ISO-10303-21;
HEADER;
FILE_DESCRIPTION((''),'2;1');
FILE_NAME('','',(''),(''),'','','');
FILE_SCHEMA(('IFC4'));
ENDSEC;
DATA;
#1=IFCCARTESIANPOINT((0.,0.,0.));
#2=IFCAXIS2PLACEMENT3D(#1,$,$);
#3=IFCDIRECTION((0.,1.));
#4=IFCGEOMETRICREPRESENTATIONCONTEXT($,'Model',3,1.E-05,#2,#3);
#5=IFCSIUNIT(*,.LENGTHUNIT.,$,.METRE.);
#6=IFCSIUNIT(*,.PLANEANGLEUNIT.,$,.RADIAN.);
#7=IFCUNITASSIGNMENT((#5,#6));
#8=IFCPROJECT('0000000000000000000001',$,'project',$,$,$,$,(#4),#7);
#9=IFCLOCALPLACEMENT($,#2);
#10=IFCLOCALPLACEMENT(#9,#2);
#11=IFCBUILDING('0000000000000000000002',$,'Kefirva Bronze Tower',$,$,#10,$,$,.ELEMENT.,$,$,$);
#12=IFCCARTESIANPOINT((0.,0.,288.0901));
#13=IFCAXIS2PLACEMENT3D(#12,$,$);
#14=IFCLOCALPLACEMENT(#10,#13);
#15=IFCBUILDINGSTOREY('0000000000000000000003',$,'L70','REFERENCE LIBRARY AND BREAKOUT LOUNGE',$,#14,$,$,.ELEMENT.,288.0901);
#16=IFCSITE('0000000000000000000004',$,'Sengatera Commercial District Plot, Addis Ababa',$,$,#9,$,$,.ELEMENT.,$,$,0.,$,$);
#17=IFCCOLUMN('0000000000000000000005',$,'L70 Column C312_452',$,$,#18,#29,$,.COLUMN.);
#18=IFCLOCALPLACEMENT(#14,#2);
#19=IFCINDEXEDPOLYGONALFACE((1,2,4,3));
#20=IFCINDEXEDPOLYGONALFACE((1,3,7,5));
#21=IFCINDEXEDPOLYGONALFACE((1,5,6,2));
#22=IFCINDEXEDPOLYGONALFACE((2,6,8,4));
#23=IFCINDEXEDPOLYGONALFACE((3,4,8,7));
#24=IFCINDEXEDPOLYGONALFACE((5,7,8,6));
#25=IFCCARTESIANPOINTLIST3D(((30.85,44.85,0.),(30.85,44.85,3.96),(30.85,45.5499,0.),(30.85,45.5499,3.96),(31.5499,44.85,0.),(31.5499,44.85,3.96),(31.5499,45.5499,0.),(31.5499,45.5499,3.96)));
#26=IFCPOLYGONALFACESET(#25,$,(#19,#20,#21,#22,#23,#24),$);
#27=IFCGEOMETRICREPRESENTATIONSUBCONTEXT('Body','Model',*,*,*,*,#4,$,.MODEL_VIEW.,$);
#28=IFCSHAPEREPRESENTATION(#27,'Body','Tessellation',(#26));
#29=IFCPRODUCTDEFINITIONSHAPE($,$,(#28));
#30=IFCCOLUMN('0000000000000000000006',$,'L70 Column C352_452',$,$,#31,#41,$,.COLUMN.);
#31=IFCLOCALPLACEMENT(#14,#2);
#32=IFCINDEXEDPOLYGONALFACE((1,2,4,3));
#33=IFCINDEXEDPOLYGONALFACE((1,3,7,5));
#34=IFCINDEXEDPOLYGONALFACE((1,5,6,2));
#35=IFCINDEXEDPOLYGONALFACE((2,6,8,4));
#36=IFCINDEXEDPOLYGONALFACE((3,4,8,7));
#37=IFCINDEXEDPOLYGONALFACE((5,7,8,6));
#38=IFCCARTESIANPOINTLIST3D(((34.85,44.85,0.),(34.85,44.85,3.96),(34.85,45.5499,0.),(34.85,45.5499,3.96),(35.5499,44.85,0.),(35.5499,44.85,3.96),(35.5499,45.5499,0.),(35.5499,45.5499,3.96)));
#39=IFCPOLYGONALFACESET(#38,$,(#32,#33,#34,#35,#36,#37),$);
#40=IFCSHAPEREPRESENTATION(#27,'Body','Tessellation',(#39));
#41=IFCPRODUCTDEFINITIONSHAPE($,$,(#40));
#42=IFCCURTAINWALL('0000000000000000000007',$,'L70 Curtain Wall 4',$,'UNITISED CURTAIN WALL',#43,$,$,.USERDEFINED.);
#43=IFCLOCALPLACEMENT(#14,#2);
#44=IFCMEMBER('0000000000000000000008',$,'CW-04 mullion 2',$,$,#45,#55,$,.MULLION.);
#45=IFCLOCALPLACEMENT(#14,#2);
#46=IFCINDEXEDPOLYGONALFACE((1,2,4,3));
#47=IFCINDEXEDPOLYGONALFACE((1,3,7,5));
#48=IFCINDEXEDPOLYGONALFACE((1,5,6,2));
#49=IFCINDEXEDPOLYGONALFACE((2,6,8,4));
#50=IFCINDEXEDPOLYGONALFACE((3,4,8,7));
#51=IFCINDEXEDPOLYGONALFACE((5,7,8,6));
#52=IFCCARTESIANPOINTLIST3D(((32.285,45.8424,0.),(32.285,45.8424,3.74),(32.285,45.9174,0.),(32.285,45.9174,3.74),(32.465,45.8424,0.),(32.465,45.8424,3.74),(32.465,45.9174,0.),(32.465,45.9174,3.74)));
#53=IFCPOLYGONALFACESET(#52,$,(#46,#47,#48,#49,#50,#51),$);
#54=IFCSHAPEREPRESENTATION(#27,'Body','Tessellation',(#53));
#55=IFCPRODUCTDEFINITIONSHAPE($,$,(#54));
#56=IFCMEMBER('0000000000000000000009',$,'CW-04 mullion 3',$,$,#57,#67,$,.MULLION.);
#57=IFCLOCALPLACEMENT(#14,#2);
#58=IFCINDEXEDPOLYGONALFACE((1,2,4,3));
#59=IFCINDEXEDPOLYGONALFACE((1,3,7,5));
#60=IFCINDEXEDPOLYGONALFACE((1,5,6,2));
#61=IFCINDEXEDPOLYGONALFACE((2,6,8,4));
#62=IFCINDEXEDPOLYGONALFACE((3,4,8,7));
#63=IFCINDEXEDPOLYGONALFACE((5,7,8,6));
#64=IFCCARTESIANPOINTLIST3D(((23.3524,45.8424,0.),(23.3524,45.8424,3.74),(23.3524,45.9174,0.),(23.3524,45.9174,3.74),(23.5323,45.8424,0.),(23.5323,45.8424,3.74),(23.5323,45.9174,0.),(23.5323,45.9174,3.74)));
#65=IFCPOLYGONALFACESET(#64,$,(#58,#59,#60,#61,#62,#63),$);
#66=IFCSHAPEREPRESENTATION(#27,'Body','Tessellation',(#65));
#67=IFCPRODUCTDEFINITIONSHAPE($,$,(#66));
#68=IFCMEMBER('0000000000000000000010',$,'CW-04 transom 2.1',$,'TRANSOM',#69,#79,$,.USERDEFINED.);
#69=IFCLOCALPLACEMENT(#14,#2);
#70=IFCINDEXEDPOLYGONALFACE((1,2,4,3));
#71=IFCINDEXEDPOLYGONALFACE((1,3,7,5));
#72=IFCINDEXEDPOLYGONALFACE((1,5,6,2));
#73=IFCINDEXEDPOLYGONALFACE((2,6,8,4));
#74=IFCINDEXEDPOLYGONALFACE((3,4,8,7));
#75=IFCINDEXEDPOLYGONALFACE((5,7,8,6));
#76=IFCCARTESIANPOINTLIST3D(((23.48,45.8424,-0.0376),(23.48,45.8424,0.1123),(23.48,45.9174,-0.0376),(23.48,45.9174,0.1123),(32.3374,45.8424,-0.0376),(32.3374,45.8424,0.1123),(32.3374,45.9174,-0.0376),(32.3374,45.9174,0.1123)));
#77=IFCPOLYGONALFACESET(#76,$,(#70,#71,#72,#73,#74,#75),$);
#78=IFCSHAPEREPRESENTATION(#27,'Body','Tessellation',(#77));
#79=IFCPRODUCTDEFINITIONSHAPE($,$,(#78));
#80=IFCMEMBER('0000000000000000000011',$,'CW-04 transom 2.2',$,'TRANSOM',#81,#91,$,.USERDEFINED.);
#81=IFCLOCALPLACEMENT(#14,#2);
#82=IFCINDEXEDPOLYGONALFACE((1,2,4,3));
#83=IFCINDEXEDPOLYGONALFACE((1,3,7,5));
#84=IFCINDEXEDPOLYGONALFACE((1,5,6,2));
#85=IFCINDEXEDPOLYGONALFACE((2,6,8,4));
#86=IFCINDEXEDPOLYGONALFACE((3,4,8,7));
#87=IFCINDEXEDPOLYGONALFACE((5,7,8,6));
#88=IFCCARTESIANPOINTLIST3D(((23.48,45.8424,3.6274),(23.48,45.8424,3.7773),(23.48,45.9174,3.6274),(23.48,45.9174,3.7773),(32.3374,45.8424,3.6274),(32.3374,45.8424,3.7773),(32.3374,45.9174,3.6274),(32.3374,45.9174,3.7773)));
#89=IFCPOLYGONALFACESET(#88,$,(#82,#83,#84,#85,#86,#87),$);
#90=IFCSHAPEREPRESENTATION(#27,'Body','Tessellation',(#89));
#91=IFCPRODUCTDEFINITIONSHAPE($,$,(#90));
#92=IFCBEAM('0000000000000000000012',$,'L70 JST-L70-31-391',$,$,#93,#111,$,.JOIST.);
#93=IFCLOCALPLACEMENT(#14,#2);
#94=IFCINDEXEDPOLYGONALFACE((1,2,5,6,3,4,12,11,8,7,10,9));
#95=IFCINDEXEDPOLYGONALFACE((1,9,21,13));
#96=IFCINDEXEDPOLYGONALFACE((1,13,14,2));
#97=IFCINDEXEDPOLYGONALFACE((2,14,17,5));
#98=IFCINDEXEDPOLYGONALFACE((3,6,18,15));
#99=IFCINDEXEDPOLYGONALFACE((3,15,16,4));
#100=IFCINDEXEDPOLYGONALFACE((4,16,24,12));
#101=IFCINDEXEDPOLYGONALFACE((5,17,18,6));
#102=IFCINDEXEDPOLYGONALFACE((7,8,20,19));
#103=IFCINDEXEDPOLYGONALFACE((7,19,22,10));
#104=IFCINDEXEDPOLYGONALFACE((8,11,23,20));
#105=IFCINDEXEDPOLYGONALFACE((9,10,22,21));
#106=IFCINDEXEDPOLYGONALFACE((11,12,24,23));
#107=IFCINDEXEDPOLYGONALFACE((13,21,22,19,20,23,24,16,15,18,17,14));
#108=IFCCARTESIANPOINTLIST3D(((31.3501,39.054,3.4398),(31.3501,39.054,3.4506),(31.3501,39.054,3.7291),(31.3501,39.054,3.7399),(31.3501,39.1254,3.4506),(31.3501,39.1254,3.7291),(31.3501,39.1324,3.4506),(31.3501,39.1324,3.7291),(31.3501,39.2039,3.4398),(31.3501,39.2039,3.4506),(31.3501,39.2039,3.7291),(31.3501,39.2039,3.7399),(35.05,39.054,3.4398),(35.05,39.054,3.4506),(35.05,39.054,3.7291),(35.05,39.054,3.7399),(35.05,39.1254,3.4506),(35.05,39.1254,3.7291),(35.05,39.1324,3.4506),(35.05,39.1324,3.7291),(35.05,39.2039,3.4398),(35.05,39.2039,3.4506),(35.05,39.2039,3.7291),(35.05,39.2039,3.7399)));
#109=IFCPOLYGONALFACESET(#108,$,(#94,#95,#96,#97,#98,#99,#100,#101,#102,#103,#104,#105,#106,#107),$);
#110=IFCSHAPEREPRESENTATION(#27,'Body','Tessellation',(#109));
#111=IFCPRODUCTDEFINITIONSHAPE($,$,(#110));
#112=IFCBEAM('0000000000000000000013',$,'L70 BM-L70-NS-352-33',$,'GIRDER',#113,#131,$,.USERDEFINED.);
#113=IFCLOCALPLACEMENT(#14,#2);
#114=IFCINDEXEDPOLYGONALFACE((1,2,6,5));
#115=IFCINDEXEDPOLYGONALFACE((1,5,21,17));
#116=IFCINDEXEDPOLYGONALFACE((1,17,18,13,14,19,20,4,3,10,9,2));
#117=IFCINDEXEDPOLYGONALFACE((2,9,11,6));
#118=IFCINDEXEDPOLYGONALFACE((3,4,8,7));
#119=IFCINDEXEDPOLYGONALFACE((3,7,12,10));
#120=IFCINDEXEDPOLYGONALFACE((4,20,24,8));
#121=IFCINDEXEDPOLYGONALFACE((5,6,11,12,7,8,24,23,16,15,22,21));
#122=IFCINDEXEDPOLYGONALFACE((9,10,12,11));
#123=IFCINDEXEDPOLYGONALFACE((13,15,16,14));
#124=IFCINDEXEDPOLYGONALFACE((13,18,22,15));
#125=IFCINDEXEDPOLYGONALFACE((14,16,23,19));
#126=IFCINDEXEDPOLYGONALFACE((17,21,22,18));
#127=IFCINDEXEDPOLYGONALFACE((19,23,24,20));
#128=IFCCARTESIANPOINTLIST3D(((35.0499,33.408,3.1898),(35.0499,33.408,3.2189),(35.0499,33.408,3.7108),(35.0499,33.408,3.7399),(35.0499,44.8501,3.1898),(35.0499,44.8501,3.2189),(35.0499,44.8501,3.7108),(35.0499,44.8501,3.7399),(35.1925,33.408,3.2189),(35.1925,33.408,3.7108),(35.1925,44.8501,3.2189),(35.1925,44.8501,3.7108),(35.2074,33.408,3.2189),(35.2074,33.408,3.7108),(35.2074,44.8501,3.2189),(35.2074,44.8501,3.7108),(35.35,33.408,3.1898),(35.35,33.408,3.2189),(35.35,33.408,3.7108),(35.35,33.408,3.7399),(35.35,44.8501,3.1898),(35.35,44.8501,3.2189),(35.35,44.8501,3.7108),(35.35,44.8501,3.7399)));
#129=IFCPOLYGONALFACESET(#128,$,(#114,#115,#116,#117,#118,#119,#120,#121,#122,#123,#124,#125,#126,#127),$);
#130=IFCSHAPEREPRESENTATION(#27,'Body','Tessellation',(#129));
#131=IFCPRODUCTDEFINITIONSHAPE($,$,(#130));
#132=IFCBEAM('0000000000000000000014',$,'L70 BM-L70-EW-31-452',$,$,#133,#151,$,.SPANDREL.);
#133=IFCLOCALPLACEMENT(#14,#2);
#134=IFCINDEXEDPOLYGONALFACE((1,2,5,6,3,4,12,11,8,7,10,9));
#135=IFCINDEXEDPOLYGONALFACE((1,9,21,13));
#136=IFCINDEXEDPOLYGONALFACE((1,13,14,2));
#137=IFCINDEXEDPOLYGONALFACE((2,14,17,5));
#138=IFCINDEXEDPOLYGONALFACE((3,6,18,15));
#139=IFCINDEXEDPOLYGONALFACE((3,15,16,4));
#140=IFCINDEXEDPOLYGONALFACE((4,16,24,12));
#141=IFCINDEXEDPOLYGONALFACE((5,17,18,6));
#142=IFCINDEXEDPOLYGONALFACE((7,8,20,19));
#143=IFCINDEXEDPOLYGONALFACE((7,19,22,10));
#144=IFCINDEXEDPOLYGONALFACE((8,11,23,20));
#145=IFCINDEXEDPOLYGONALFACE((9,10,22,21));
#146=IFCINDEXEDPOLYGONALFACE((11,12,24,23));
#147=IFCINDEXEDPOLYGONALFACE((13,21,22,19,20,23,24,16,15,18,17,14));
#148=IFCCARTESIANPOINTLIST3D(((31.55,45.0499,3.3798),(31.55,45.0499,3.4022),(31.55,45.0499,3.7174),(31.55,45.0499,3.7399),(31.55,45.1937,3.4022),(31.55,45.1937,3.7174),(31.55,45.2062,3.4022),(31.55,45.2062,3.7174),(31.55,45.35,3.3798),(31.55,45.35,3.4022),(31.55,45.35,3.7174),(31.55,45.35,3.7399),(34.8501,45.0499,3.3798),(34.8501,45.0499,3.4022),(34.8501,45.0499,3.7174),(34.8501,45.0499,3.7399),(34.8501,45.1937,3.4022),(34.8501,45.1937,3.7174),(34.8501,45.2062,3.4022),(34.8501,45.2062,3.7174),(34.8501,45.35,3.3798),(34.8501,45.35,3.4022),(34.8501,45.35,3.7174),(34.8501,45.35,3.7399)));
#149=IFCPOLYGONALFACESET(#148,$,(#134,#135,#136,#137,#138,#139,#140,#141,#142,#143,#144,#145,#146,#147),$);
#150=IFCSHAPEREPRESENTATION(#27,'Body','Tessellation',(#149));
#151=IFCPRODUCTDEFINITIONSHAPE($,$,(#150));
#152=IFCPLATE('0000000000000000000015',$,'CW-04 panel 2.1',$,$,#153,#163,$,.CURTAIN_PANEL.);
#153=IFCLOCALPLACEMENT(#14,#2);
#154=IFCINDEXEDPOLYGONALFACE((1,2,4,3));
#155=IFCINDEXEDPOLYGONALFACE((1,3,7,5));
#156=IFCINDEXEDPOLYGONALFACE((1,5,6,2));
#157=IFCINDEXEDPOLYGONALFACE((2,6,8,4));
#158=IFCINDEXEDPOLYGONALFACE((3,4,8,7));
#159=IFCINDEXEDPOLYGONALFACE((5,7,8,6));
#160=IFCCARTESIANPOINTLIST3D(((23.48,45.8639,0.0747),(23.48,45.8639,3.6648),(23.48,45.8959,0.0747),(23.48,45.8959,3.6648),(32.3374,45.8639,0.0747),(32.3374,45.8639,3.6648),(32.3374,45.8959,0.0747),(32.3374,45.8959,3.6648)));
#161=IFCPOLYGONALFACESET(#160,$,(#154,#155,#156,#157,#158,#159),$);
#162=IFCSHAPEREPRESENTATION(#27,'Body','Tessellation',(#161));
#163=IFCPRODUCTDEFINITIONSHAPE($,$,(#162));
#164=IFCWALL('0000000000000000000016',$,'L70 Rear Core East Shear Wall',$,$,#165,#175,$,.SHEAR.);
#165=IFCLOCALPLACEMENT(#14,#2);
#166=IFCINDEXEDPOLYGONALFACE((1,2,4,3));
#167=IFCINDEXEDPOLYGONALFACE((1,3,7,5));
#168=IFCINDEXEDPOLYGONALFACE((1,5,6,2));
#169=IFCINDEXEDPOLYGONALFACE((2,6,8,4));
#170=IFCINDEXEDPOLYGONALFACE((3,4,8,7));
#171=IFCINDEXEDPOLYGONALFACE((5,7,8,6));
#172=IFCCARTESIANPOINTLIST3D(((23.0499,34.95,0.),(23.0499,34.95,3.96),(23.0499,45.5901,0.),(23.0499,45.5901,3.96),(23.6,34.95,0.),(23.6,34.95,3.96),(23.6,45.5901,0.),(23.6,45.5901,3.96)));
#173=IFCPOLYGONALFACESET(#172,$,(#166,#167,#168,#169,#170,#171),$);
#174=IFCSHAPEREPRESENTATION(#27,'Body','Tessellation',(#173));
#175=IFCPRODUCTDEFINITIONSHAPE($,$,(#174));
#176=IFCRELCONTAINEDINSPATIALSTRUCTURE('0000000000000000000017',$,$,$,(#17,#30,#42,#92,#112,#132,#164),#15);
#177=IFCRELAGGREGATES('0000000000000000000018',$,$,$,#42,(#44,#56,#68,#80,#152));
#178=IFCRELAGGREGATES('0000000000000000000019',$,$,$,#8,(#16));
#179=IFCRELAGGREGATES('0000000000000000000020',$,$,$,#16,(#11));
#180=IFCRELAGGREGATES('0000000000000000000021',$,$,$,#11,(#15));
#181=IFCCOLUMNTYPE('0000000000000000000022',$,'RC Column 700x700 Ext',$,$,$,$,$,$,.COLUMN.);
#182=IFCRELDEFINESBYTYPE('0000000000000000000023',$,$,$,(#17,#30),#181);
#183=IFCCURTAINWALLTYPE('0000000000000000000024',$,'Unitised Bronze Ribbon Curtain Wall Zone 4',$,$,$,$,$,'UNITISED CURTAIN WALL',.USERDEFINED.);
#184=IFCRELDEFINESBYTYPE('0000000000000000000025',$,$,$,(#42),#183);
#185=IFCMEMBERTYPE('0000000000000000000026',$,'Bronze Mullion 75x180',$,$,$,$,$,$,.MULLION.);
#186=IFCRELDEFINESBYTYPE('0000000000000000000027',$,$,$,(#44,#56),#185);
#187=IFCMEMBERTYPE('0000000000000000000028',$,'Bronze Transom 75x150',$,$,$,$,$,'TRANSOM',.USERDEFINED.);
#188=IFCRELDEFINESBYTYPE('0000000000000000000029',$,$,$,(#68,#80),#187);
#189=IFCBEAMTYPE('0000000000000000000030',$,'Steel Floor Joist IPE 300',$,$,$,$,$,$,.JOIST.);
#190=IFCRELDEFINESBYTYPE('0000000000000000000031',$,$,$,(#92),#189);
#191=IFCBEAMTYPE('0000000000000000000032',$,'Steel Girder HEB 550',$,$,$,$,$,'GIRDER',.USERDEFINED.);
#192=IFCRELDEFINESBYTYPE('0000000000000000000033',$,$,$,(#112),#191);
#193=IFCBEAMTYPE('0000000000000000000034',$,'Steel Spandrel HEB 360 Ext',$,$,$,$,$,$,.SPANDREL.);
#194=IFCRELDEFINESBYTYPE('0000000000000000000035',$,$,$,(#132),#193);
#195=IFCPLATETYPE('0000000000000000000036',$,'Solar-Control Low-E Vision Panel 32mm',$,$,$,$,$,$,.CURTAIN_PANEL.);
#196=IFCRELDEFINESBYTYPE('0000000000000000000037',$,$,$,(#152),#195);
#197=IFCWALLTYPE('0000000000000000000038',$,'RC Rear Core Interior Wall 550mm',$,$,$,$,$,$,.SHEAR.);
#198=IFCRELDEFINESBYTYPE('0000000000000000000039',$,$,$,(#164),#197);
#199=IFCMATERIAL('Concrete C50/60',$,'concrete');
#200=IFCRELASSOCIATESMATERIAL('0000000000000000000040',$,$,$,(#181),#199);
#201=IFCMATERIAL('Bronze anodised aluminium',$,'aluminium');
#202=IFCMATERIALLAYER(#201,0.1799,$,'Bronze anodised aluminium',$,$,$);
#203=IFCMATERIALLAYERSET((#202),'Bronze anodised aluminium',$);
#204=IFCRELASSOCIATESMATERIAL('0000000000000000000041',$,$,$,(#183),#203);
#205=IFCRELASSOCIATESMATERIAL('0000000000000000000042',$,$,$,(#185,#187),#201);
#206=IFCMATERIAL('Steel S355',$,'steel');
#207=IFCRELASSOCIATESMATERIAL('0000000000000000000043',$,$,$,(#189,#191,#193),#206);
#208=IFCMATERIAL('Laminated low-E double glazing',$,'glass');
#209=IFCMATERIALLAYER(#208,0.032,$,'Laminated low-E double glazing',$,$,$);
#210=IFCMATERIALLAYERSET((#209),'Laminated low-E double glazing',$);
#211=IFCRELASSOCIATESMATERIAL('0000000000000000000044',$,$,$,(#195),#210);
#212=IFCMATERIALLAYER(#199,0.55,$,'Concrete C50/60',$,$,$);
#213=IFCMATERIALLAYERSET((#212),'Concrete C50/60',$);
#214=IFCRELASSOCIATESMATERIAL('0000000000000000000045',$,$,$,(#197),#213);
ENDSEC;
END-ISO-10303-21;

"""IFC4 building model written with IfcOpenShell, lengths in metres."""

from ifc_helpers import new_model, si_unit, direction, frame, frame_2d, origin, origin_2d, place, context, subcontext, project, spatial, rectangle, i_section, extrude, material, layer, layer_set, material_profile, profile_set, type_object, element, aggregate, save


model = new_model("IFC4")

# Units and contexts
model_context = context("Model", 3, precision=1e-05, world=origin(), true_north=direction((0.0, 1.0)))
body_context = subcontext(model_context, "Body", "Model", "MODEL_VIEW")
ifc_project = project(units=[si_unit("LENGTHUNIT", "METRE"), si_unit("PLANEANGLEUNIT", "RADIAN")], contexts=[model_context])

# Site, building, storey
site_placement = place(None, origin())
site = spatial("IfcSite", under=ifc_project, at=site_placement, Name="Sengatera Commercial District Plot, Addis Ababa", CompositionType="ELEMENT", RefElevation=0.0)
building_placement = place(site_placement, origin())
building = spatial("IfcBuilding", under=site, at=building_placement, Name="Kefirva Bronze Tower", CompositionType="ELEMENT")
storey_placement = place(building_placement, frame((0.0, 0.0, 288.0901)))
storey = spatial("IfcBuildingStorey", under=building, at=storey_placement, Name="L70", Description="REFERENCE LIBRARY AND BREAKOUT LOUNGE", CompositionType="ELEMENT", Elevation=288.0901)

# Columns
ifc_material_1 = material(Name="Concrete C50/60", Category="concrete")
ifc_material_profile_1 = material_profile(ifc_material_1, rectangle(XDim=0.7, YDim=0.7, at=origin_2d()), Name="RC 700x700")
ifc_profile_set_1 = profile_set([ifc_material_profile_1], Name="Concrete C50/60")
column_type = type_object("IfcColumnType", Name="RC Column 700x700 Ext", PredefinedType="COLUMN", material=ifc_profile_set_1)
for number, where, z_axis, x_axis, name in (
    (1, (31.2, 45.2, 0.0), (0.0, 0.0, 1.0), (1.0, 0.0, 0.0), "L70 Column C312_452"),
    (2, (35.2, 45.2, 0.0), (0.0, 0.0, 1.0), (1.0, 0.0, 0.0), "L70 Column C352_452"),
):
    element("IfcColumn", number, at=place(storey_placement, frame(where, z_axis=z_axis, x_axis=x_axis)), inside=storey, type_object=column_type, Name=name, PredefinedType="COLUMN", context=body_context, shape_type="SweptSolid", body=[
        extrude(rectangle(XDim=0.7, YDim=0.7, at=origin_2d()), origin(), (0.0, 0.0, 1.0), 3.96),
    ])

# Curtain wall, members
ifc_material_2 = material(Name="Bronze anodised aluminium", Category="aluminium")
ifc_layer_1 = layer(ifc_material_2, 0.1799, Name="Bronze anodised aluminium")
ifc_layer_set_1 = layer_set([ifc_layer_1], Name="Bronze anodised aluminium")
curtain_wall_type = type_object("IfcCurtainWallType", Name="Unitised Bronze Ribbon Curtain Wall Zone 4", ElementType="UNITISED CURTAIN WALL", PredefinedType="USERDEFINED", material=ifc_layer_set_1)
curtain_wall_placement = place(storey_placement, origin())
curtain_wall = element("IfcCurtainWall", 3, at=curtain_wall_placement, inside=storey, type_object=curtain_wall_type, Name="L70 Curtain Wall 4", ObjectType="UNITISED CURTAIN WALL", PredefinedType="USERDEFINED")
ifc_material_profile_2 = material_profile(ifc_material_2, rectangle(XDim=0.075, YDim=0.1799, at=origin_2d()), Name="ALU 75x180")
ifc_profile_set_2 = profile_set([ifc_material_profile_2], Name="Bronze anodised aluminium")
member_type_1 = type_object("IfcMemberType", Name="Bronze Mullion 75x180", PredefinedType="MULLION", material=ifc_profile_set_2)
member_1_placement = place(storey_placement, frame((32.375, 45.8799, 0.0), z_axis=(0.0, 0.0, 1.0), x_axis=(0.0, -1.0, 0.0)))
member_1 = element("IfcMember", 4, at=member_1_placement, type_object=member_type_1, Name="CW-04 mullion 2", PredefinedType="MULLION", context=body_context, shape_type="SweptSolid", body=[
    extrude(rectangle(XDim=0.075, YDim=0.1799, at=origin_2d()), origin(), (0.0, 0.0, 1.0), 3.74),
])
member_2_placement = place(storey_placement, frame((23.4424, 45.8799, 0.0), z_axis=(0.0, 0.0, 1.0), x_axis=(0.0, -1.0, 0.0)))
member_2 = element("IfcMember", 5, at=member_2_placement, type_object=member_type_1, Name="CW-04 mullion 3", PredefinedType="MULLION", context=body_context, shape_type="SweptSolid", body=[
    extrude(rectangle(XDim=0.075, YDim=0.1799, at=origin_2d()), origin(), (0.0, 0.0, 1.0), 3.74),
])
ifc_material_profile_3 = material_profile(ifc_material_2, rectangle(XDim=0.075, YDim=0.1499, at=origin_2d()), Name="ALU 75x150")
ifc_profile_set_3 = profile_set([ifc_material_profile_3], Name="Bronze anodised aluminium")
member_type_2 = type_object("IfcMemberType", Name="Bronze Transom 75x150", ElementType="TRANSOM", PredefinedType="USERDEFINED", material=ifc_profile_set_3)
member_3_placement = place(storey_placement, frame((32.3374, 45.8799, 0.0374), z_axis=(-1.0, 0.0, 0.0), x_axis=(0.0, -1.0, 0.0)))
member_3 = element("IfcMember", 6, at=member_3_placement, type_object=member_type_2, Name="CW-04 transom 2.1", ObjectType="TRANSOM", PredefinedType="USERDEFINED", context=body_context, shape_type="SweptSolid", body=[
    extrude(rectangle(XDim=0.075, YDim=0.1499, at=origin_2d()), origin(), (0.0, 0.0, 1.0), 8.8574),
])
member_4_placement = place(storey_placement, frame((32.3374, 45.8799, 3.7024), z_axis=(-1.0, 0.0, 0.0), x_axis=(0.0, -1.0, 0.0)))
member_4 = element("IfcMember", 7, at=member_4_placement, type_object=member_type_2, Name="CW-04 transom 2.2", ObjectType="TRANSOM", PredefinedType="USERDEFINED", context=body_context, shape_type="SweptSolid", body=[
    extrude(rectangle(XDim=0.075, YDim=0.1499, at=origin_2d()), origin(), (0.0, 0.0, 1.0), 8.8574),
])

# Beams
ifc_material_3 = material(Name="Steel S355", Category="steel")
ifc_material_profile_4 = material_profile(ifc_material_3, i_section(OverallWidth=0.1499, OverallDepth=0.3, WebThickness=0.0071, FlangeThickness=0.0107, at=origin_2d()), Name="IPE 300")
ifc_profile_set_4 = profile_set([ifc_material_profile_4], Name="Steel S355")
beam_type_1 = type_object("IfcBeamType", Name="Steel Floor Joist IPE 300", PredefinedType="JOIST", material=ifc_profile_set_4)
beam_1_placement = place(storey_placement, frame((31.3501, 39.1289, 3.5898), z_axis=(1.0, 0.0, 0.0), x_axis=(0.0, 1.0, 0.0)))
element("IfcBeam", 8, at=beam_1_placement, inside=storey, type_object=beam_type_1, Name="L70 JST-L70-31-391", PredefinedType="JOIST", context=body_context, shape_type="SweptSolid", body=[
    extrude(i_section(OverallWidth=0.1499, OverallDepth=0.3, WebThickness=0.0071, FlangeThickness=0.0107, at=origin_2d()), origin(), (0.0, 0.0, 1.0), 3.7),
])
ifc_material_profile_5 = material_profile(ifc_material_3, i_section(OverallWidth=0.3, OverallDepth=0.55, WebThickness=0.0149, FlangeThickness=0.0291, at=origin_2d()), Name="HEB 550")
ifc_profile_set_5 = profile_set([ifc_material_profile_5], Name="Steel S355")
beam_type_2 = type_object("IfcBeamType", Name="Steel Girder HEB 550", ElementType="GIRDER", PredefinedType="USERDEFINED", material=ifc_profile_set_5)
beam_2_placement = place(storey_placement, frame((35.2, 33.408, 3.4648), z_axis=(0.0, 1.0, 0.0), x_axis=(-1.0, 0.0, 0.0)))
element("IfcBeam", 9, at=beam_2_placement, inside=storey, type_object=beam_type_2, Name="L70 BM-L70-NS-352-33", ObjectType="GIRDER", PredefinedType="USERDEFINED", context=body_context, shape_type="SweptSolid", body=[
    extrude(i_section(OverallWidth=0.3, OverallDepth=0.55, WebThickness=0.0149, FlangeThickness=0.0291, at=origin_2d()), origin(), (0.0, 0.0, 1.0), 11.4421),
])
ifc_material_profile_6 = material_profile(ifc_material_3, i_section(OverallWidth=0.3, OverallDepth=0.3601, WebThickness=0.0125, FlangeThickness=0.0225, at=origin_2d()), Name="HEB 360")
ifc_profile_set_6 = profile_set([ifc_material_profile_6], Name="Steel S355")
beam_type_3 = type_object("IfcBeamType", Name="Steel Spandrel HEB 360 Ext", PredefinedType="SPANDREL", material=ifc_profile_set_6)
beam_3_placement = place(storey_placement, frame((31.55, 45.2, 3.5598), z_axis=(1.0, 0.0, 0.0), x_axis=(0.0, 1.0, 0.0)))
element("IfcBeam", 10, at=beam_3_placement, inside=storey, type_object=beam_type_3, Name="L70 BM-L70-EW-31-452", PredefinedType="SPANDREL", context=body_context, shape_type="SweptSolid", body=[
    extrude(i_section(OverallWidth=0.3, OverallDepth=0.3601, WebThickness=0.0125, FlangeThickness=0.0225, at=origin_2d()), origin(), (0.0, 0.0, 1.0), 3.3),
])

# Plate
ifc_material_4 = material(Name="Laminated low-E double glazing", Category="glass")
ifc_layer_2 = layer(ifc_material_4, 0.032, Name="Laminated low-E double glazing")
ifc_layer_set_2 = layer_set([ifc_layer_2], Name="Laminated low-E double glazing")
plate_type = type_object("IfcPlateType", Name="Solar-Control Low-E Vision Panel 32mm", PredefinedType="CURTAIN_PANEL", material=ifc_layer_set_2)
plate_placement = place(storey_placement, frame((27.9087, 45.8799, 0.0747), z_axis=(0.0, 0.0, 1.0), x_axis=(-1.0, 0.0, 0.0)))
plate = element("IfcPlate", 11, at=plate_placement, type_object=plate_type, Name="CW-04 panel 2.1", PredefinedType="CURTAIN_PANEL", context=body_context, shape_type="SweptSolid", body=[
    extrude(rectangle(XDim=8.8574, YDim=0.032, at=origin_2d()), origin(), (0.0, 0.0, 1.0), 3.5901),
])
aggregate(curtain_wall, [member_1, member_2, member_3, member_4, plate])

# Wall
ifc_layer_3 = layer(ifc_material_1, 0.55, Name="Concrete C50/60")
ifc_layer_set_3 = layer_set([ifc_layer_3], Name="Concrete C50/60")
wall_type = type_object("IfcWallType", Name="RC Rear Core Interior Wall 550mm", PredefinedType="SHEAR", material=ifc_layer_set_3)
wall_placement = place(storey_placement, frame((23.325, 34.95, 0.0), z_axis=(0.0, 0.0, 1.0), x_axis=(0.0, 1.0, 0.0)))
element("IfcWall", 12, at=wall_placement, inside=storey, type_object=wall_type, Name="L70 Rear Core East Shear Wall", PredefinedType="SHEAR", context=body_context, shape_type="SweptSolid", body=[
    extrude(rectangle(XDim=10.6401, YDim=0.55, at=frame_2d((5.3201, 0.0))), origin(), (0.0, 0.0, 1.0), 3.96),
])

save(model, "model.ifc")
